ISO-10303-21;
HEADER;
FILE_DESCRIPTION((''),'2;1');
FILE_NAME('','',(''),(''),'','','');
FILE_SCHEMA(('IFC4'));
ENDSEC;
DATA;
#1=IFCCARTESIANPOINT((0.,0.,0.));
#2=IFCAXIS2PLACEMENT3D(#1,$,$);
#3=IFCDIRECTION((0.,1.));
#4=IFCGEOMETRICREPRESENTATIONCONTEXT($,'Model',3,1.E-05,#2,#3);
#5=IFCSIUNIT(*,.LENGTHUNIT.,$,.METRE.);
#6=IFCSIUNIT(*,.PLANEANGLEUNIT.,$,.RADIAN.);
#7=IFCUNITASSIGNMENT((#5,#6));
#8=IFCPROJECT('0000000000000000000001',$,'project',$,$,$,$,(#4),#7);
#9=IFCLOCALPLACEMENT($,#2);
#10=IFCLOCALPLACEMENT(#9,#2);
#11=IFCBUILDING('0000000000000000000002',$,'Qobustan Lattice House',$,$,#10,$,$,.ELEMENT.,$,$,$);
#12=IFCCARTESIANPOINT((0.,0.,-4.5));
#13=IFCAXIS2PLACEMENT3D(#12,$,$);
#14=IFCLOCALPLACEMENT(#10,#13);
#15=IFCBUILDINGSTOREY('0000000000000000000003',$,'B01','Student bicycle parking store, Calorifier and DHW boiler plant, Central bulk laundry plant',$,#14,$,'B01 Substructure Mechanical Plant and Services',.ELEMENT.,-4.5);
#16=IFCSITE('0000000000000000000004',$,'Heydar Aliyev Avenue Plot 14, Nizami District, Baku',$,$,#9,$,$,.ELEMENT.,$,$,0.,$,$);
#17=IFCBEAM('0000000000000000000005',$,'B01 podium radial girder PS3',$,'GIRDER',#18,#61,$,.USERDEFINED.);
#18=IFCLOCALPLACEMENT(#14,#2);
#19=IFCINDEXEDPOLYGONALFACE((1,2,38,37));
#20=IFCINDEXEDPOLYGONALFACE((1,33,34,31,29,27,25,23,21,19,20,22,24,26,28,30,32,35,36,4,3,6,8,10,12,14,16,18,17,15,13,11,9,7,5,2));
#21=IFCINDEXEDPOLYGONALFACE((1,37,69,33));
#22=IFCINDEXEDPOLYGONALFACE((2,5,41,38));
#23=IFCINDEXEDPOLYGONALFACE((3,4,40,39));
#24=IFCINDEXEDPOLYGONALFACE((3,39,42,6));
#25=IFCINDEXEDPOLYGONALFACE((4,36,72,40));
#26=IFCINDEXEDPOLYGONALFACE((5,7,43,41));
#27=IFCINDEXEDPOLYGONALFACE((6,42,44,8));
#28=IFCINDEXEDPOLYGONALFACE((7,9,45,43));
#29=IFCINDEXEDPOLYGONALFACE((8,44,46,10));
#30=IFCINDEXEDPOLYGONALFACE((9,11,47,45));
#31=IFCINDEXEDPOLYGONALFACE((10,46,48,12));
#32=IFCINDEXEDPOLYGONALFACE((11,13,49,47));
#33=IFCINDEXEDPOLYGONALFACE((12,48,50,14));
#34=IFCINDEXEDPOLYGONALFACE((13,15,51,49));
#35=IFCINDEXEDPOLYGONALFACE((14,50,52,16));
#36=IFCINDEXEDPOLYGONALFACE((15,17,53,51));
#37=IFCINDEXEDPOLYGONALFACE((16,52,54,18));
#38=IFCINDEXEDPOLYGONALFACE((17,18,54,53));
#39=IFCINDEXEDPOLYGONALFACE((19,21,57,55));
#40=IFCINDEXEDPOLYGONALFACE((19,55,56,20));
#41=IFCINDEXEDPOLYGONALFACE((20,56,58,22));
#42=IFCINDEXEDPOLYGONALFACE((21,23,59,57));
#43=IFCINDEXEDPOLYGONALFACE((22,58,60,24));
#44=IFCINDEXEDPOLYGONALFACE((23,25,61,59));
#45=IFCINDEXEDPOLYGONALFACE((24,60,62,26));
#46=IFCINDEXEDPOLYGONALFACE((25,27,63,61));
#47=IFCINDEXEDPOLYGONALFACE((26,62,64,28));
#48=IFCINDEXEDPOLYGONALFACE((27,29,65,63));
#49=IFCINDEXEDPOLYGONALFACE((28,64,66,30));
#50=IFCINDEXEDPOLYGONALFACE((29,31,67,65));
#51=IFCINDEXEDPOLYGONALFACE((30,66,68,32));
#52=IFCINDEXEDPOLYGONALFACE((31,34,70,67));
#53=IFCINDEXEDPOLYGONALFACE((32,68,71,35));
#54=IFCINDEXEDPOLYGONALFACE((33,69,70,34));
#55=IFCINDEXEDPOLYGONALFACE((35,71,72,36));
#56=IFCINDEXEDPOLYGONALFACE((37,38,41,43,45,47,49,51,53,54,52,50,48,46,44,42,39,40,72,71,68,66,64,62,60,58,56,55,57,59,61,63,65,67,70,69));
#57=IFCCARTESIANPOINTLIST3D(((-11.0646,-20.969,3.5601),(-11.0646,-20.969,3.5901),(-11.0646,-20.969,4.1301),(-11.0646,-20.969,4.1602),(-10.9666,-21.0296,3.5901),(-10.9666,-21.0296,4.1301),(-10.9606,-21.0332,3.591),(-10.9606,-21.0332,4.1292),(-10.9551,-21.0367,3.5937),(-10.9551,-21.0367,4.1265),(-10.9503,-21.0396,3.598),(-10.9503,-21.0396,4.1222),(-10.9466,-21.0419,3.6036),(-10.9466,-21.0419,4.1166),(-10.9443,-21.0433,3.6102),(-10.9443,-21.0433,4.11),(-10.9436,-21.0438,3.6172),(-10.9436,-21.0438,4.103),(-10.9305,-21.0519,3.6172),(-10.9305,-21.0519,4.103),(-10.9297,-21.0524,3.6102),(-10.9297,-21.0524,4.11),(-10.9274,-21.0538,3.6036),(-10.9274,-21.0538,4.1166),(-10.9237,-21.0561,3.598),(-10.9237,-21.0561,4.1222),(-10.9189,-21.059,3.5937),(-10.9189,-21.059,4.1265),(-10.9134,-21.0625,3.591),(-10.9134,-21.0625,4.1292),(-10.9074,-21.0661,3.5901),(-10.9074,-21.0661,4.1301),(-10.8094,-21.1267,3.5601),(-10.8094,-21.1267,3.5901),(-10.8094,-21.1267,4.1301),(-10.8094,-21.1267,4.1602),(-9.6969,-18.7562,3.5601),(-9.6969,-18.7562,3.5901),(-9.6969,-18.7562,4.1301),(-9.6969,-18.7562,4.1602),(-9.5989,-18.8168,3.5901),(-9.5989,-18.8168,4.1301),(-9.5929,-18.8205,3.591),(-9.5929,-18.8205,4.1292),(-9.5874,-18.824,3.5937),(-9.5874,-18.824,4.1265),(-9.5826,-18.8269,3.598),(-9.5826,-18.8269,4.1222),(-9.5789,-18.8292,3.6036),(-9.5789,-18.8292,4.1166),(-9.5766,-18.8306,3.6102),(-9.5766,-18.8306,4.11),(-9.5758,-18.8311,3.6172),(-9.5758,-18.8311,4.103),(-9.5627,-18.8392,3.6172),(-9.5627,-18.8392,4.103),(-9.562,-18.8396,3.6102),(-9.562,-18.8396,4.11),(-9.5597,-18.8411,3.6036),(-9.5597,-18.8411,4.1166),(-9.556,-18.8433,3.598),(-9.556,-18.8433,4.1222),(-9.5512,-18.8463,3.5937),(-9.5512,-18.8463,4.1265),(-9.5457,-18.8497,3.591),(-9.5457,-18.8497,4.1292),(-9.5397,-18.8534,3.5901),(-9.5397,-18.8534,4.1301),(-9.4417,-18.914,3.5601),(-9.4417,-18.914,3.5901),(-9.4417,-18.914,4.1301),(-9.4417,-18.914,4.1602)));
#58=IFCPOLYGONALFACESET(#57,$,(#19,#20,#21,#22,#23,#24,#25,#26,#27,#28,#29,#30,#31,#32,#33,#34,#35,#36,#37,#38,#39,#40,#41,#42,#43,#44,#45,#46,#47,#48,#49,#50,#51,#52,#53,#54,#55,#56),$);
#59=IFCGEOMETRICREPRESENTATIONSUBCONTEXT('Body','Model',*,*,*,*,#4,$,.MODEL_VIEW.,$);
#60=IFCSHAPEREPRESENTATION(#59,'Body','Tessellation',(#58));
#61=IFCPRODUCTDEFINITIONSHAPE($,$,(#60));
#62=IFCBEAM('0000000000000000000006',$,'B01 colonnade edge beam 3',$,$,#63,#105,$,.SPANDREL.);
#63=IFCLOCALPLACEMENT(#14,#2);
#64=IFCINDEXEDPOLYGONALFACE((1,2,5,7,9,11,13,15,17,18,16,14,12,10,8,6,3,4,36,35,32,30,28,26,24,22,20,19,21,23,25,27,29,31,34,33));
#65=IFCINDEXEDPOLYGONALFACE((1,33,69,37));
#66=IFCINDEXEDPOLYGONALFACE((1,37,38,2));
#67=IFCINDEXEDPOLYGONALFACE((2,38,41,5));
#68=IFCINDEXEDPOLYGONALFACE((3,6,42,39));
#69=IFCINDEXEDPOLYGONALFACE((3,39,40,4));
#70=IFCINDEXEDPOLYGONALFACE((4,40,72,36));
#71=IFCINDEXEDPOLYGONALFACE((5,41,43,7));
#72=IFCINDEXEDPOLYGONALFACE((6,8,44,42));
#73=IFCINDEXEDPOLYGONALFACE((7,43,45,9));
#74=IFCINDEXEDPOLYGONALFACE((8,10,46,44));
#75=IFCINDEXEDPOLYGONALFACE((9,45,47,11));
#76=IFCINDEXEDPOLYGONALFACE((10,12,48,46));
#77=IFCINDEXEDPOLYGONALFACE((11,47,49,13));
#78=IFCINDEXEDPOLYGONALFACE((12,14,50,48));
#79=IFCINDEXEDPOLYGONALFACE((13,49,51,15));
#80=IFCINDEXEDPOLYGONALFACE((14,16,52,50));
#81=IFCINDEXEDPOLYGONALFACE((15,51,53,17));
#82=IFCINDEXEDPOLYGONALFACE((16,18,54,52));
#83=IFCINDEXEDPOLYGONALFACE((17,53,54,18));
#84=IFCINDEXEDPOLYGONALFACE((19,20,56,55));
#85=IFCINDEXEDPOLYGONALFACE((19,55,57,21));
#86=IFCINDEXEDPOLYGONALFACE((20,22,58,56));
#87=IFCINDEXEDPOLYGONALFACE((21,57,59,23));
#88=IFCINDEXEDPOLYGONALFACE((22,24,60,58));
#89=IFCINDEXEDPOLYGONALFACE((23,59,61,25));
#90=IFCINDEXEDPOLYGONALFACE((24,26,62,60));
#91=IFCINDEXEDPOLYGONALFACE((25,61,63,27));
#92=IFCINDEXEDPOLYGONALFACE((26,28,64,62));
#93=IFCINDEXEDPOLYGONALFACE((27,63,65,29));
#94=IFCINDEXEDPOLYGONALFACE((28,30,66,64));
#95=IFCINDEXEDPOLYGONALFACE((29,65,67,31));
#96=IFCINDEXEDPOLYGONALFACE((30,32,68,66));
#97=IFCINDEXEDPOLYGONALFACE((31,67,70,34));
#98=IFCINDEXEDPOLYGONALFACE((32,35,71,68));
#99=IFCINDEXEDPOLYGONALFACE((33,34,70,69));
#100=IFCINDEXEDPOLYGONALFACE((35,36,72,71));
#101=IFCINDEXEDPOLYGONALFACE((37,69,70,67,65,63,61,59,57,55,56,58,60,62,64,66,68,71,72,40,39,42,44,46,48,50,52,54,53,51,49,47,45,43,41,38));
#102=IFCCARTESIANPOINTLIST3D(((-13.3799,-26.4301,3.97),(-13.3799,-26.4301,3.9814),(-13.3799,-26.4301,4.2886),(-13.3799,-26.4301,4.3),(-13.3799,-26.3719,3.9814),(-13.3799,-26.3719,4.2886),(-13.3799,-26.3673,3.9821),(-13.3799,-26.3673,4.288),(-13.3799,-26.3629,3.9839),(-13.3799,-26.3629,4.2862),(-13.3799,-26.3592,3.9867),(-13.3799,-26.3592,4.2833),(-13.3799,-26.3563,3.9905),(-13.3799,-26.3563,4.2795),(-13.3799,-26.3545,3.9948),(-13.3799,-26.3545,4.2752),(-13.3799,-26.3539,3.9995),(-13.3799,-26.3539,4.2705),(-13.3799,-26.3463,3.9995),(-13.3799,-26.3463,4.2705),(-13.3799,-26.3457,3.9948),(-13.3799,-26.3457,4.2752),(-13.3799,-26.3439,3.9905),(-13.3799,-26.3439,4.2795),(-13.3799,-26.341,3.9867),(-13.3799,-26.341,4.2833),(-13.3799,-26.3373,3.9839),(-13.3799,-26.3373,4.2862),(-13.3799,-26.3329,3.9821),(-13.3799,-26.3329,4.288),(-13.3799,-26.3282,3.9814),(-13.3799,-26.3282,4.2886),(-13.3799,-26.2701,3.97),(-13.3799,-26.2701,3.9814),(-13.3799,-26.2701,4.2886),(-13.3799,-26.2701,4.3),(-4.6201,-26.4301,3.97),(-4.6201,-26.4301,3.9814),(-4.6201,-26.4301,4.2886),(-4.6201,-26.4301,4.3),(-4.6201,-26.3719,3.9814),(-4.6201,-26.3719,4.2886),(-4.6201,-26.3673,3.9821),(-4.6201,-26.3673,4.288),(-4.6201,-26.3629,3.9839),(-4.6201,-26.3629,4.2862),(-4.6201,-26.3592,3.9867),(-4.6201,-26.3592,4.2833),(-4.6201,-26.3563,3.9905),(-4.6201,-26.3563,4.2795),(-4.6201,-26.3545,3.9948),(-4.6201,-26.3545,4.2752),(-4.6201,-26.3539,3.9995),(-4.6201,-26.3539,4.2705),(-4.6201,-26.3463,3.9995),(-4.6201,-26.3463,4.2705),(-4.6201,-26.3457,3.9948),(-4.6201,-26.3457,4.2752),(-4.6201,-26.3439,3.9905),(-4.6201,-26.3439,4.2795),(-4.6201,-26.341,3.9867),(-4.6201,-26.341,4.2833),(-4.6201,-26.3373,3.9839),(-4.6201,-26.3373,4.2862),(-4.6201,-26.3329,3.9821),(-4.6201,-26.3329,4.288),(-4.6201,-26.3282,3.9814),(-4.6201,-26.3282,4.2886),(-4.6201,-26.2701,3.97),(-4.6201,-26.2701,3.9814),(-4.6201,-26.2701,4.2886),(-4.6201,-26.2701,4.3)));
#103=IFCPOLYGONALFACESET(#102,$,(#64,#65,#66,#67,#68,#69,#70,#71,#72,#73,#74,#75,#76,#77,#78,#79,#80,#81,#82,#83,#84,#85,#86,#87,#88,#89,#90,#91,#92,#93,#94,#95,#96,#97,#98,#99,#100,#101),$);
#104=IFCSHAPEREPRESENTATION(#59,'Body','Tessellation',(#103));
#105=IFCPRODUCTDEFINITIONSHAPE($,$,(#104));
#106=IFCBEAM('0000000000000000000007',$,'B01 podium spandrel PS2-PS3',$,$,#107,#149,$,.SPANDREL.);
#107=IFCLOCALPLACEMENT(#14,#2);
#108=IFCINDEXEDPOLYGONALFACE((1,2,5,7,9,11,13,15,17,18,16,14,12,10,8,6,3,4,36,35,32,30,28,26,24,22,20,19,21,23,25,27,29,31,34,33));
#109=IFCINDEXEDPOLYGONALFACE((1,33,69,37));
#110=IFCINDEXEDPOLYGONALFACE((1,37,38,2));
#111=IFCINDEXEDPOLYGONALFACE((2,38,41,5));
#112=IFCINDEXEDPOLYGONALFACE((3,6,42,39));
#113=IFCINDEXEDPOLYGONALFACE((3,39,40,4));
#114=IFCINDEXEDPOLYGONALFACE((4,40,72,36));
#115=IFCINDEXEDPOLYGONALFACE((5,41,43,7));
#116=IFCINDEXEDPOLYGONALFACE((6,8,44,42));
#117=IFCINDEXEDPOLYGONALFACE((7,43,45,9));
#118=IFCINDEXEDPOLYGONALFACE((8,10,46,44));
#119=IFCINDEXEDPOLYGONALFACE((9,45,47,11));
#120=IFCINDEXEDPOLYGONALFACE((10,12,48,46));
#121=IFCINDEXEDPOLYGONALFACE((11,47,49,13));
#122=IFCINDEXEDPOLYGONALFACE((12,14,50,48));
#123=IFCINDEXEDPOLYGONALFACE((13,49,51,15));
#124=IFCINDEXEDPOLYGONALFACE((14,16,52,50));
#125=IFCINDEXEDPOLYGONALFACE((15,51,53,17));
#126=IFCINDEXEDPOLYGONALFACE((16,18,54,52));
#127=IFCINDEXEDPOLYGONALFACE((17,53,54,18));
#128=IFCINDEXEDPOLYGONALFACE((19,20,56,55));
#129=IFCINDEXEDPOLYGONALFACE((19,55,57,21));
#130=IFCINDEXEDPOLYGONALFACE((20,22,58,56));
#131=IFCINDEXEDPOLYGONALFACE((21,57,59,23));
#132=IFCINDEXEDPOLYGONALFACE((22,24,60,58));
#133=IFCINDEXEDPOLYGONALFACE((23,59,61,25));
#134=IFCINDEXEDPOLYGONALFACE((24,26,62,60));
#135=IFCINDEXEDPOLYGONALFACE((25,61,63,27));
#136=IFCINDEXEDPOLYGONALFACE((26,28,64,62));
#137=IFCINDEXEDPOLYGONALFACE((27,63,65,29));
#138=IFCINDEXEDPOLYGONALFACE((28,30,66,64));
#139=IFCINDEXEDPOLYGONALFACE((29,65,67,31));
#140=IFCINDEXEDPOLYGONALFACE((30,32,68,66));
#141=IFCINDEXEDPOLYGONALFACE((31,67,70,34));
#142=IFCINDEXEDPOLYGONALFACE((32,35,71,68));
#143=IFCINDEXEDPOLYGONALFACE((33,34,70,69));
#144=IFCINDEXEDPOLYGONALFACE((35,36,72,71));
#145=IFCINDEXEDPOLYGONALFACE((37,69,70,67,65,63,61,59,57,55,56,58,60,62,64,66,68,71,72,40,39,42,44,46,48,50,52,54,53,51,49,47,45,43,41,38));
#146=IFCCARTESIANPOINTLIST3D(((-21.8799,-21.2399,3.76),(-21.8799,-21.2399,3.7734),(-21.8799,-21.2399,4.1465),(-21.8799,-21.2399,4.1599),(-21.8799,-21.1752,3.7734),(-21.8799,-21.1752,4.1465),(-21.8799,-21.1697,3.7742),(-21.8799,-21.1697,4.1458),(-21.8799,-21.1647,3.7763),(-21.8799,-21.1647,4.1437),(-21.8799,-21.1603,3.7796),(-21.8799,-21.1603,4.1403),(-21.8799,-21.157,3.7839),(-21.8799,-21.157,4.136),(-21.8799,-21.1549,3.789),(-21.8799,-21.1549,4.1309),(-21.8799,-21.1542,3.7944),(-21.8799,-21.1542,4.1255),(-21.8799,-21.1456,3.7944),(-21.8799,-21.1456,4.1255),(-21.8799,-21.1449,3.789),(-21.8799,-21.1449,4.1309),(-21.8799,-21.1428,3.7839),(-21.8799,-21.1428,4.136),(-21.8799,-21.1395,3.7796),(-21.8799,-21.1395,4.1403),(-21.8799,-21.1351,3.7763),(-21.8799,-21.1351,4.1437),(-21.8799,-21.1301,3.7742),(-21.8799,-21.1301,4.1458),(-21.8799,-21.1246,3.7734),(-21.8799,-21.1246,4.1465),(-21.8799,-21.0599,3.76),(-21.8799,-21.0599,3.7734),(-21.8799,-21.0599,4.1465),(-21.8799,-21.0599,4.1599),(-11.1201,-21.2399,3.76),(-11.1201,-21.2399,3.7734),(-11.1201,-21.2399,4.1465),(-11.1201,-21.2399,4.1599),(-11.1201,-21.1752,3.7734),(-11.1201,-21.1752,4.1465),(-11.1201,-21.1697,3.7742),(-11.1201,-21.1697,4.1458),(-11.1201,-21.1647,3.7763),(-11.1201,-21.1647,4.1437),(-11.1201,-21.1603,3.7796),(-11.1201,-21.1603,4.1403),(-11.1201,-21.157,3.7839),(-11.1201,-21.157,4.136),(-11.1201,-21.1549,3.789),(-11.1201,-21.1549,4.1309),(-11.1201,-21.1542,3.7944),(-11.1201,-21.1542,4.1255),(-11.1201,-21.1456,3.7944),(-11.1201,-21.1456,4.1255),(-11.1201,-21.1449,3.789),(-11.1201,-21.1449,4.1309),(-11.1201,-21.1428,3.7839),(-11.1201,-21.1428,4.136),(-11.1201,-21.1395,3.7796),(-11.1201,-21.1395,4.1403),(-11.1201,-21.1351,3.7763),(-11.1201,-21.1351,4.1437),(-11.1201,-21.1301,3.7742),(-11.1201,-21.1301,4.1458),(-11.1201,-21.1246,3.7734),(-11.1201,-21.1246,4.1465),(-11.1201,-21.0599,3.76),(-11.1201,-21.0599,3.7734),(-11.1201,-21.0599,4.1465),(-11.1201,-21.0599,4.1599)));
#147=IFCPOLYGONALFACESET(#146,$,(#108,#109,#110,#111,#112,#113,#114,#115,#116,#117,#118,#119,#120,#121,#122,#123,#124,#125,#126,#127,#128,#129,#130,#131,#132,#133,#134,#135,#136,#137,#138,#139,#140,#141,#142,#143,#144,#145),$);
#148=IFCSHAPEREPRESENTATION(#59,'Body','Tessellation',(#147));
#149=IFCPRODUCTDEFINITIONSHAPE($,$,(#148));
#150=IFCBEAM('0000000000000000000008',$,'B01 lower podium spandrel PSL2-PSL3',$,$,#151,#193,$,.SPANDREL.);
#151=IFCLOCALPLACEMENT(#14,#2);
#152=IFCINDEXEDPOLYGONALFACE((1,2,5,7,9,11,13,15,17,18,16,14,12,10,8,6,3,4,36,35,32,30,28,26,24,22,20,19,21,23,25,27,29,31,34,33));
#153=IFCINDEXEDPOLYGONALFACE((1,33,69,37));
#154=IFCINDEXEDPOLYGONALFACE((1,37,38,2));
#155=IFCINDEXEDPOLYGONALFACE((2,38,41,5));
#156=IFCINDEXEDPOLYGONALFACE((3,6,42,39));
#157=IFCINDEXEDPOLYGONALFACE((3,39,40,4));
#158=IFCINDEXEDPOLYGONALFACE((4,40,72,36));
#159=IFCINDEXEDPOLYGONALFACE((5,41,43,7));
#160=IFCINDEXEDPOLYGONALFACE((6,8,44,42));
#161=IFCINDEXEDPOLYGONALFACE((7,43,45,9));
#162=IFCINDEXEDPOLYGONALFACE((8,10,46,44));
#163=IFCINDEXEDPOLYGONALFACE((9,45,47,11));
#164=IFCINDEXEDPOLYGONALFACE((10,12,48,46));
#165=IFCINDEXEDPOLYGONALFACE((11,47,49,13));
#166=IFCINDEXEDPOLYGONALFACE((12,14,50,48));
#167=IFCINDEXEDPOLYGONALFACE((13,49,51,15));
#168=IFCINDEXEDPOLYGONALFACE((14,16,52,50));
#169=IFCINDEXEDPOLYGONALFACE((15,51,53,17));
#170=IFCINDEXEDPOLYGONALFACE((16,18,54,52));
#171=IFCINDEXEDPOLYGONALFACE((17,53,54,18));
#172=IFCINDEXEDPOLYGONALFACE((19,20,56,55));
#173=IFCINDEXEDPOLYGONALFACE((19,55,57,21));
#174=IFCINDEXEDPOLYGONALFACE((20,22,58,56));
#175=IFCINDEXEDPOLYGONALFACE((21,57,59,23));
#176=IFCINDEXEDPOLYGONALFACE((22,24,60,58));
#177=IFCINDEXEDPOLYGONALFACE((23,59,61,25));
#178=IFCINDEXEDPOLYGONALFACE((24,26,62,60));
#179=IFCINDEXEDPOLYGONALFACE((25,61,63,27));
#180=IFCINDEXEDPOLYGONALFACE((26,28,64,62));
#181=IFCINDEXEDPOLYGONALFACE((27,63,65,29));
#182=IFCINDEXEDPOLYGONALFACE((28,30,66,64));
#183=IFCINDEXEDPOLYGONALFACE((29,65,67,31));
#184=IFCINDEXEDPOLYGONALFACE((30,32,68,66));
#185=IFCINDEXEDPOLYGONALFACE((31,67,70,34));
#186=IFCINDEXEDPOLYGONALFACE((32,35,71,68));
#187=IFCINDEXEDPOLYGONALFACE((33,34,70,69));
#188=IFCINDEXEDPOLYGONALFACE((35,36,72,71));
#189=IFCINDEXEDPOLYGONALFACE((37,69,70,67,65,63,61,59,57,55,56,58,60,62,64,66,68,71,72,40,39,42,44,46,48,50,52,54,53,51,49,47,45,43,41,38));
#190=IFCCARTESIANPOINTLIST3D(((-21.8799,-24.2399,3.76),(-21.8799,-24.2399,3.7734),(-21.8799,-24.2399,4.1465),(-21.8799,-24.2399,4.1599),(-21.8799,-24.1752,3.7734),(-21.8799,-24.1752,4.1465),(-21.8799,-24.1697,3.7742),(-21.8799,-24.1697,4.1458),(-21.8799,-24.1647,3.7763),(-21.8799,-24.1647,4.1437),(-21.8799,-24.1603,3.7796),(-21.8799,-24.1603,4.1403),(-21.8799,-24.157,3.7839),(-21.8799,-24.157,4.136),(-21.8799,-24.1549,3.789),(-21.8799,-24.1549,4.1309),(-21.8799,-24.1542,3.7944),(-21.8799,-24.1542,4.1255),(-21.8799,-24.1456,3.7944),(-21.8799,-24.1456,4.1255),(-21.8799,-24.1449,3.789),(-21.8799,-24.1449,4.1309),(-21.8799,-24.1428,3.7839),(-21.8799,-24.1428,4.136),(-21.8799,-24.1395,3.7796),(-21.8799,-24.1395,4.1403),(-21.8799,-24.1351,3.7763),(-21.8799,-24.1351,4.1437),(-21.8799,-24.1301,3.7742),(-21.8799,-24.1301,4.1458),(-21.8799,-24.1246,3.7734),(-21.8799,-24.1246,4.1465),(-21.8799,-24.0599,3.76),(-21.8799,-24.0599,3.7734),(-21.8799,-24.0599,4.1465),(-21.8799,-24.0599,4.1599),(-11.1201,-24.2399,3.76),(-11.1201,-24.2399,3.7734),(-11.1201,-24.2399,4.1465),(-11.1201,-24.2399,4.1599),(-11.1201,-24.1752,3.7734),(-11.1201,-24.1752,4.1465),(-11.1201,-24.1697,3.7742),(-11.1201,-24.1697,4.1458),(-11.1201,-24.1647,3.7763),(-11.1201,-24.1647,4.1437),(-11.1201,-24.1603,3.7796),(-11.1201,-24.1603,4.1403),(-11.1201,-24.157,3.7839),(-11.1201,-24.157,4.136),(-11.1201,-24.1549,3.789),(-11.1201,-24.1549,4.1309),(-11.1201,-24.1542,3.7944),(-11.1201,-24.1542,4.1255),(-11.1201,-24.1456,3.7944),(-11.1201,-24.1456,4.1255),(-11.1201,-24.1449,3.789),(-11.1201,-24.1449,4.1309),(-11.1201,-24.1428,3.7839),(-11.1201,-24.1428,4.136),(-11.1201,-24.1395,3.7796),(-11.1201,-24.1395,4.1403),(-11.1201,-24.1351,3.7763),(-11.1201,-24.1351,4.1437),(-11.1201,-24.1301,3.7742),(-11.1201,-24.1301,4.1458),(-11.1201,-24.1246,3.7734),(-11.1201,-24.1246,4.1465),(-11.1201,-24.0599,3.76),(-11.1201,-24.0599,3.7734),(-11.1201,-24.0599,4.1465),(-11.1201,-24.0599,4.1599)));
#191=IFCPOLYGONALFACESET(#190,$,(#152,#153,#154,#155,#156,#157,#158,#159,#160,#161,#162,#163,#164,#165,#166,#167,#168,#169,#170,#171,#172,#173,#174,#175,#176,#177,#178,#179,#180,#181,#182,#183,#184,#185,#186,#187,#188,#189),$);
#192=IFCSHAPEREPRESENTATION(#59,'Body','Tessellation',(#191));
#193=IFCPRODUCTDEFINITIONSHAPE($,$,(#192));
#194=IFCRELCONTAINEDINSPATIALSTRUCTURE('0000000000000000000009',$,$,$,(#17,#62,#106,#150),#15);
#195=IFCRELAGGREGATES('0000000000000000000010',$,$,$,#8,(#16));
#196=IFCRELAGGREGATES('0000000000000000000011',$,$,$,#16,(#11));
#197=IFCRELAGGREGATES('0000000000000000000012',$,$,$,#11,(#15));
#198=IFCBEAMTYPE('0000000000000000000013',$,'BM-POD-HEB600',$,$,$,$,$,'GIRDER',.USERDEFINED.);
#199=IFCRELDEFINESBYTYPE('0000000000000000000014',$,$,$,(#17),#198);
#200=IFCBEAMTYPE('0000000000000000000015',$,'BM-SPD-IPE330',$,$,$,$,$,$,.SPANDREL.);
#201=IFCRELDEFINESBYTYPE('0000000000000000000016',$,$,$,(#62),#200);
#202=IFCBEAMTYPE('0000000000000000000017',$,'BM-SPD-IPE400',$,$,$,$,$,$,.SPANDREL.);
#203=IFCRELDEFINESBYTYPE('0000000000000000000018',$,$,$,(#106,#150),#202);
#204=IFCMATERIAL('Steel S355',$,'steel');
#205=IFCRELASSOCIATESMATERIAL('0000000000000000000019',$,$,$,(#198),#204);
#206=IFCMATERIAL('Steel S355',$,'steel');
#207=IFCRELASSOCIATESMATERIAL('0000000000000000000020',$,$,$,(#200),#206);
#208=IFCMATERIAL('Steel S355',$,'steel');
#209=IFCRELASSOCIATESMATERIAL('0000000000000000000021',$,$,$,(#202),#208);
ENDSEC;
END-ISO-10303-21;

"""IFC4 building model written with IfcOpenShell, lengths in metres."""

from ifc_helpers import new_model, si_unit, direction, frame, origin, origin_2d, place, context, subcontext, project, spatial, i_section, extrude, material, material_profile, profile_set, type_object, element, save


model = new_model("IFC4")

# Units and contexts
model_context = context("Model", 3, precision=1e-05, world=origin(), true_north=direction((0.0, 1.0)))
body_context = subcontext(model_context, "Body", "Model", "MODEL_VIEW")
ifc_project = project(units=[si_unit("LENGTHUNIT", "METRE"), si_unit("PLANEANGLEUNIT", "RADIAN")], contexts=[model_context])

# Site, building, storey
site_placement = place(None, origin())
site = spatial("IfcSite", under=ifc_project, at=site_placement, Name="Heydar Aliyev Avenue Plot 14, Nizami District, Baku", CompositionType="ELEMENT", RefElevation=0.0)
building_placement = place(site_placement, origin())
building = spatial("IfcBuilding", under=site, at=building_placement, Name="Qobustan Lattice House", CompositionType="ELEMENT")
storey_placement = place(building_placement, frame((0.0, 0.0, -4.5)))
storey = spatial("IfcBuildingStorey", under=building, at=storey_placement, Name="B01", Description="Student bicycle parking store, Calorifier and DHW boiler plant, Central bulk laundry plant", LongName="B01 Substructure Mechanical Plant and Services", CompositionType="ELEMENT", Elevation=-4.5)

# Beams
ifc_material_1 = material(Name="Steel S355", Category="steel")
ifc_material_profile_1 = material_profile(ifc_material_1, i_section(OverallWidth=0.3, OverallDepth=0.6001, WebThickness=0.0154, FlangeThickness=0.03, FilletRadius=0.0271, at=origin_2d()), Name="HEB600")
ifc_profile_set_1 = profile_set([ifc_material_profile_1], Name="Steel S355")
beam_type_1 = type_object("IfcBeamType", Name="BM-POD-HEB600", ElementType="GIRDER", PredefinedType="USERDEFINED", material=ifc_profile_set_1)
beam_1_placement = place(storey_placement, frame((-10.937, -21.0479, 3.8601), z_axis=(0.525783, 0.850619, 0.0), x_axis=(-0.850619, 0.525783, 0.0)))
element("IfcBeam", 1, at=beam_1_placement, inside=storey, type_object=beam_type_1, Name="B01 podium radial girder PS3", ObjectType="GIRDER", PredefinedType="USERDEFINED", context=body_context, shape_type="SweptSolid", body=[
    extrude(i_section(OverallWidth=0.3, OverallDepth=0.6001, WebThickness=0.0154, FlangeThickness=0.03, FilletRadius=0.0271, at=origin_2d()), origin(), (0.0, 0.0, 1.0), 2.6013),
])
ifc_material_2 = material(Name="Steel S355", Category="steel")
ifc_material_profile_2 = material_profile(ifc_material_2, i_section(OverallWidth=0.1599, OverallDepth=0.3301, WebThickness=0.0076, FlangeThickness=0.0115, FilletRadius=0.0181, at=origin_2d()), Name="IPE330")
ifc_profile_set_2 = profile_set([ifc_material_profile_2], Name="Steel S355")
beam_type_2 = type_object("IfcBeamType", Name="BM-SPD-IPE330", PredefinedType="SPANDREL", material=ifc_profile_set_2)
beam_2_placement = place(storey_placement, frame((-13.3799, -26.3501, 4.135), z_axis=(1.0, 0.0, 0.0), x_axis=(0.0, 1.0, 0.0)))
element("IfcBeam", 2, at=beam_2_placement, inside=storey, type_object=beam_type_2, Name="B01 colonnade edge beam 3", PredefinedType="SPANDREL", context=body_context, shape_type="SweptSolid", body=[
    extrude(i_section(OverallWidth=0.1599, OverallDepth=0.3301, WebThickness=0.0076, FlangeThickness=0.0115, FilletRadius=0.0181, at=origin_2d()), origin(), (0.0, 0.0, 1.0), 8.7598),
])
ifc_material_3 = material(Name="Steel S355", Category="steel")
ifc_material_profile_3 = material_profile(ifc_material_3, i_section(OverallWidth=0.1799, OverallDepth=0.3999, WebThickness=0.0085, FlangeThickness=0.0134, FilletRadius=0.021, at=origin_2d()), Name="IPE400")
ifc_profile_set_3 = profile_set([ifc_material_profile_3], Name="Steel S355")
beam_type_3 = type_object("IfcBeamType", Name="BM-SPD-IPE400", PredefinedType="SPANDREL", material=ifc_profile_set_3)
for number, where, z_axis, x_axis, name in (
    (3, (-21.8799, -21.1499, 3.96), (1.0, 0.0, 0.0), (0.0, 1.0, 0.0), "B01 podium spandrel PS2-PS3"),
    (4, (-21.8799, -24.1499, 3.96), (1.0, 0.0, 0.0), (0.0, 1.0, 0.0), "B01 lower podium spandrel PSL2-PSL3"),
):
    element("IfcBeam", number, at=place(storey_placement, frame(where, z_axis=z_axis, x_axis=x_axis)), inside=storey, type_object=beam_type_3, Name=name, PredefinedType="SPANDREL", context=body_context, shape_type="SweptSolid", body=[
        extrude(i_section(OverallWidth=0.1799, OverallDepth=0.3999, WebThickness=0.0085, FlangeThickness=0.0134, FilletRadius=0.021, at=origin_2d()), origin(), (0.0, 0.0, 1.0), 10.7598),
    ])

save(model, "model.ifc")
